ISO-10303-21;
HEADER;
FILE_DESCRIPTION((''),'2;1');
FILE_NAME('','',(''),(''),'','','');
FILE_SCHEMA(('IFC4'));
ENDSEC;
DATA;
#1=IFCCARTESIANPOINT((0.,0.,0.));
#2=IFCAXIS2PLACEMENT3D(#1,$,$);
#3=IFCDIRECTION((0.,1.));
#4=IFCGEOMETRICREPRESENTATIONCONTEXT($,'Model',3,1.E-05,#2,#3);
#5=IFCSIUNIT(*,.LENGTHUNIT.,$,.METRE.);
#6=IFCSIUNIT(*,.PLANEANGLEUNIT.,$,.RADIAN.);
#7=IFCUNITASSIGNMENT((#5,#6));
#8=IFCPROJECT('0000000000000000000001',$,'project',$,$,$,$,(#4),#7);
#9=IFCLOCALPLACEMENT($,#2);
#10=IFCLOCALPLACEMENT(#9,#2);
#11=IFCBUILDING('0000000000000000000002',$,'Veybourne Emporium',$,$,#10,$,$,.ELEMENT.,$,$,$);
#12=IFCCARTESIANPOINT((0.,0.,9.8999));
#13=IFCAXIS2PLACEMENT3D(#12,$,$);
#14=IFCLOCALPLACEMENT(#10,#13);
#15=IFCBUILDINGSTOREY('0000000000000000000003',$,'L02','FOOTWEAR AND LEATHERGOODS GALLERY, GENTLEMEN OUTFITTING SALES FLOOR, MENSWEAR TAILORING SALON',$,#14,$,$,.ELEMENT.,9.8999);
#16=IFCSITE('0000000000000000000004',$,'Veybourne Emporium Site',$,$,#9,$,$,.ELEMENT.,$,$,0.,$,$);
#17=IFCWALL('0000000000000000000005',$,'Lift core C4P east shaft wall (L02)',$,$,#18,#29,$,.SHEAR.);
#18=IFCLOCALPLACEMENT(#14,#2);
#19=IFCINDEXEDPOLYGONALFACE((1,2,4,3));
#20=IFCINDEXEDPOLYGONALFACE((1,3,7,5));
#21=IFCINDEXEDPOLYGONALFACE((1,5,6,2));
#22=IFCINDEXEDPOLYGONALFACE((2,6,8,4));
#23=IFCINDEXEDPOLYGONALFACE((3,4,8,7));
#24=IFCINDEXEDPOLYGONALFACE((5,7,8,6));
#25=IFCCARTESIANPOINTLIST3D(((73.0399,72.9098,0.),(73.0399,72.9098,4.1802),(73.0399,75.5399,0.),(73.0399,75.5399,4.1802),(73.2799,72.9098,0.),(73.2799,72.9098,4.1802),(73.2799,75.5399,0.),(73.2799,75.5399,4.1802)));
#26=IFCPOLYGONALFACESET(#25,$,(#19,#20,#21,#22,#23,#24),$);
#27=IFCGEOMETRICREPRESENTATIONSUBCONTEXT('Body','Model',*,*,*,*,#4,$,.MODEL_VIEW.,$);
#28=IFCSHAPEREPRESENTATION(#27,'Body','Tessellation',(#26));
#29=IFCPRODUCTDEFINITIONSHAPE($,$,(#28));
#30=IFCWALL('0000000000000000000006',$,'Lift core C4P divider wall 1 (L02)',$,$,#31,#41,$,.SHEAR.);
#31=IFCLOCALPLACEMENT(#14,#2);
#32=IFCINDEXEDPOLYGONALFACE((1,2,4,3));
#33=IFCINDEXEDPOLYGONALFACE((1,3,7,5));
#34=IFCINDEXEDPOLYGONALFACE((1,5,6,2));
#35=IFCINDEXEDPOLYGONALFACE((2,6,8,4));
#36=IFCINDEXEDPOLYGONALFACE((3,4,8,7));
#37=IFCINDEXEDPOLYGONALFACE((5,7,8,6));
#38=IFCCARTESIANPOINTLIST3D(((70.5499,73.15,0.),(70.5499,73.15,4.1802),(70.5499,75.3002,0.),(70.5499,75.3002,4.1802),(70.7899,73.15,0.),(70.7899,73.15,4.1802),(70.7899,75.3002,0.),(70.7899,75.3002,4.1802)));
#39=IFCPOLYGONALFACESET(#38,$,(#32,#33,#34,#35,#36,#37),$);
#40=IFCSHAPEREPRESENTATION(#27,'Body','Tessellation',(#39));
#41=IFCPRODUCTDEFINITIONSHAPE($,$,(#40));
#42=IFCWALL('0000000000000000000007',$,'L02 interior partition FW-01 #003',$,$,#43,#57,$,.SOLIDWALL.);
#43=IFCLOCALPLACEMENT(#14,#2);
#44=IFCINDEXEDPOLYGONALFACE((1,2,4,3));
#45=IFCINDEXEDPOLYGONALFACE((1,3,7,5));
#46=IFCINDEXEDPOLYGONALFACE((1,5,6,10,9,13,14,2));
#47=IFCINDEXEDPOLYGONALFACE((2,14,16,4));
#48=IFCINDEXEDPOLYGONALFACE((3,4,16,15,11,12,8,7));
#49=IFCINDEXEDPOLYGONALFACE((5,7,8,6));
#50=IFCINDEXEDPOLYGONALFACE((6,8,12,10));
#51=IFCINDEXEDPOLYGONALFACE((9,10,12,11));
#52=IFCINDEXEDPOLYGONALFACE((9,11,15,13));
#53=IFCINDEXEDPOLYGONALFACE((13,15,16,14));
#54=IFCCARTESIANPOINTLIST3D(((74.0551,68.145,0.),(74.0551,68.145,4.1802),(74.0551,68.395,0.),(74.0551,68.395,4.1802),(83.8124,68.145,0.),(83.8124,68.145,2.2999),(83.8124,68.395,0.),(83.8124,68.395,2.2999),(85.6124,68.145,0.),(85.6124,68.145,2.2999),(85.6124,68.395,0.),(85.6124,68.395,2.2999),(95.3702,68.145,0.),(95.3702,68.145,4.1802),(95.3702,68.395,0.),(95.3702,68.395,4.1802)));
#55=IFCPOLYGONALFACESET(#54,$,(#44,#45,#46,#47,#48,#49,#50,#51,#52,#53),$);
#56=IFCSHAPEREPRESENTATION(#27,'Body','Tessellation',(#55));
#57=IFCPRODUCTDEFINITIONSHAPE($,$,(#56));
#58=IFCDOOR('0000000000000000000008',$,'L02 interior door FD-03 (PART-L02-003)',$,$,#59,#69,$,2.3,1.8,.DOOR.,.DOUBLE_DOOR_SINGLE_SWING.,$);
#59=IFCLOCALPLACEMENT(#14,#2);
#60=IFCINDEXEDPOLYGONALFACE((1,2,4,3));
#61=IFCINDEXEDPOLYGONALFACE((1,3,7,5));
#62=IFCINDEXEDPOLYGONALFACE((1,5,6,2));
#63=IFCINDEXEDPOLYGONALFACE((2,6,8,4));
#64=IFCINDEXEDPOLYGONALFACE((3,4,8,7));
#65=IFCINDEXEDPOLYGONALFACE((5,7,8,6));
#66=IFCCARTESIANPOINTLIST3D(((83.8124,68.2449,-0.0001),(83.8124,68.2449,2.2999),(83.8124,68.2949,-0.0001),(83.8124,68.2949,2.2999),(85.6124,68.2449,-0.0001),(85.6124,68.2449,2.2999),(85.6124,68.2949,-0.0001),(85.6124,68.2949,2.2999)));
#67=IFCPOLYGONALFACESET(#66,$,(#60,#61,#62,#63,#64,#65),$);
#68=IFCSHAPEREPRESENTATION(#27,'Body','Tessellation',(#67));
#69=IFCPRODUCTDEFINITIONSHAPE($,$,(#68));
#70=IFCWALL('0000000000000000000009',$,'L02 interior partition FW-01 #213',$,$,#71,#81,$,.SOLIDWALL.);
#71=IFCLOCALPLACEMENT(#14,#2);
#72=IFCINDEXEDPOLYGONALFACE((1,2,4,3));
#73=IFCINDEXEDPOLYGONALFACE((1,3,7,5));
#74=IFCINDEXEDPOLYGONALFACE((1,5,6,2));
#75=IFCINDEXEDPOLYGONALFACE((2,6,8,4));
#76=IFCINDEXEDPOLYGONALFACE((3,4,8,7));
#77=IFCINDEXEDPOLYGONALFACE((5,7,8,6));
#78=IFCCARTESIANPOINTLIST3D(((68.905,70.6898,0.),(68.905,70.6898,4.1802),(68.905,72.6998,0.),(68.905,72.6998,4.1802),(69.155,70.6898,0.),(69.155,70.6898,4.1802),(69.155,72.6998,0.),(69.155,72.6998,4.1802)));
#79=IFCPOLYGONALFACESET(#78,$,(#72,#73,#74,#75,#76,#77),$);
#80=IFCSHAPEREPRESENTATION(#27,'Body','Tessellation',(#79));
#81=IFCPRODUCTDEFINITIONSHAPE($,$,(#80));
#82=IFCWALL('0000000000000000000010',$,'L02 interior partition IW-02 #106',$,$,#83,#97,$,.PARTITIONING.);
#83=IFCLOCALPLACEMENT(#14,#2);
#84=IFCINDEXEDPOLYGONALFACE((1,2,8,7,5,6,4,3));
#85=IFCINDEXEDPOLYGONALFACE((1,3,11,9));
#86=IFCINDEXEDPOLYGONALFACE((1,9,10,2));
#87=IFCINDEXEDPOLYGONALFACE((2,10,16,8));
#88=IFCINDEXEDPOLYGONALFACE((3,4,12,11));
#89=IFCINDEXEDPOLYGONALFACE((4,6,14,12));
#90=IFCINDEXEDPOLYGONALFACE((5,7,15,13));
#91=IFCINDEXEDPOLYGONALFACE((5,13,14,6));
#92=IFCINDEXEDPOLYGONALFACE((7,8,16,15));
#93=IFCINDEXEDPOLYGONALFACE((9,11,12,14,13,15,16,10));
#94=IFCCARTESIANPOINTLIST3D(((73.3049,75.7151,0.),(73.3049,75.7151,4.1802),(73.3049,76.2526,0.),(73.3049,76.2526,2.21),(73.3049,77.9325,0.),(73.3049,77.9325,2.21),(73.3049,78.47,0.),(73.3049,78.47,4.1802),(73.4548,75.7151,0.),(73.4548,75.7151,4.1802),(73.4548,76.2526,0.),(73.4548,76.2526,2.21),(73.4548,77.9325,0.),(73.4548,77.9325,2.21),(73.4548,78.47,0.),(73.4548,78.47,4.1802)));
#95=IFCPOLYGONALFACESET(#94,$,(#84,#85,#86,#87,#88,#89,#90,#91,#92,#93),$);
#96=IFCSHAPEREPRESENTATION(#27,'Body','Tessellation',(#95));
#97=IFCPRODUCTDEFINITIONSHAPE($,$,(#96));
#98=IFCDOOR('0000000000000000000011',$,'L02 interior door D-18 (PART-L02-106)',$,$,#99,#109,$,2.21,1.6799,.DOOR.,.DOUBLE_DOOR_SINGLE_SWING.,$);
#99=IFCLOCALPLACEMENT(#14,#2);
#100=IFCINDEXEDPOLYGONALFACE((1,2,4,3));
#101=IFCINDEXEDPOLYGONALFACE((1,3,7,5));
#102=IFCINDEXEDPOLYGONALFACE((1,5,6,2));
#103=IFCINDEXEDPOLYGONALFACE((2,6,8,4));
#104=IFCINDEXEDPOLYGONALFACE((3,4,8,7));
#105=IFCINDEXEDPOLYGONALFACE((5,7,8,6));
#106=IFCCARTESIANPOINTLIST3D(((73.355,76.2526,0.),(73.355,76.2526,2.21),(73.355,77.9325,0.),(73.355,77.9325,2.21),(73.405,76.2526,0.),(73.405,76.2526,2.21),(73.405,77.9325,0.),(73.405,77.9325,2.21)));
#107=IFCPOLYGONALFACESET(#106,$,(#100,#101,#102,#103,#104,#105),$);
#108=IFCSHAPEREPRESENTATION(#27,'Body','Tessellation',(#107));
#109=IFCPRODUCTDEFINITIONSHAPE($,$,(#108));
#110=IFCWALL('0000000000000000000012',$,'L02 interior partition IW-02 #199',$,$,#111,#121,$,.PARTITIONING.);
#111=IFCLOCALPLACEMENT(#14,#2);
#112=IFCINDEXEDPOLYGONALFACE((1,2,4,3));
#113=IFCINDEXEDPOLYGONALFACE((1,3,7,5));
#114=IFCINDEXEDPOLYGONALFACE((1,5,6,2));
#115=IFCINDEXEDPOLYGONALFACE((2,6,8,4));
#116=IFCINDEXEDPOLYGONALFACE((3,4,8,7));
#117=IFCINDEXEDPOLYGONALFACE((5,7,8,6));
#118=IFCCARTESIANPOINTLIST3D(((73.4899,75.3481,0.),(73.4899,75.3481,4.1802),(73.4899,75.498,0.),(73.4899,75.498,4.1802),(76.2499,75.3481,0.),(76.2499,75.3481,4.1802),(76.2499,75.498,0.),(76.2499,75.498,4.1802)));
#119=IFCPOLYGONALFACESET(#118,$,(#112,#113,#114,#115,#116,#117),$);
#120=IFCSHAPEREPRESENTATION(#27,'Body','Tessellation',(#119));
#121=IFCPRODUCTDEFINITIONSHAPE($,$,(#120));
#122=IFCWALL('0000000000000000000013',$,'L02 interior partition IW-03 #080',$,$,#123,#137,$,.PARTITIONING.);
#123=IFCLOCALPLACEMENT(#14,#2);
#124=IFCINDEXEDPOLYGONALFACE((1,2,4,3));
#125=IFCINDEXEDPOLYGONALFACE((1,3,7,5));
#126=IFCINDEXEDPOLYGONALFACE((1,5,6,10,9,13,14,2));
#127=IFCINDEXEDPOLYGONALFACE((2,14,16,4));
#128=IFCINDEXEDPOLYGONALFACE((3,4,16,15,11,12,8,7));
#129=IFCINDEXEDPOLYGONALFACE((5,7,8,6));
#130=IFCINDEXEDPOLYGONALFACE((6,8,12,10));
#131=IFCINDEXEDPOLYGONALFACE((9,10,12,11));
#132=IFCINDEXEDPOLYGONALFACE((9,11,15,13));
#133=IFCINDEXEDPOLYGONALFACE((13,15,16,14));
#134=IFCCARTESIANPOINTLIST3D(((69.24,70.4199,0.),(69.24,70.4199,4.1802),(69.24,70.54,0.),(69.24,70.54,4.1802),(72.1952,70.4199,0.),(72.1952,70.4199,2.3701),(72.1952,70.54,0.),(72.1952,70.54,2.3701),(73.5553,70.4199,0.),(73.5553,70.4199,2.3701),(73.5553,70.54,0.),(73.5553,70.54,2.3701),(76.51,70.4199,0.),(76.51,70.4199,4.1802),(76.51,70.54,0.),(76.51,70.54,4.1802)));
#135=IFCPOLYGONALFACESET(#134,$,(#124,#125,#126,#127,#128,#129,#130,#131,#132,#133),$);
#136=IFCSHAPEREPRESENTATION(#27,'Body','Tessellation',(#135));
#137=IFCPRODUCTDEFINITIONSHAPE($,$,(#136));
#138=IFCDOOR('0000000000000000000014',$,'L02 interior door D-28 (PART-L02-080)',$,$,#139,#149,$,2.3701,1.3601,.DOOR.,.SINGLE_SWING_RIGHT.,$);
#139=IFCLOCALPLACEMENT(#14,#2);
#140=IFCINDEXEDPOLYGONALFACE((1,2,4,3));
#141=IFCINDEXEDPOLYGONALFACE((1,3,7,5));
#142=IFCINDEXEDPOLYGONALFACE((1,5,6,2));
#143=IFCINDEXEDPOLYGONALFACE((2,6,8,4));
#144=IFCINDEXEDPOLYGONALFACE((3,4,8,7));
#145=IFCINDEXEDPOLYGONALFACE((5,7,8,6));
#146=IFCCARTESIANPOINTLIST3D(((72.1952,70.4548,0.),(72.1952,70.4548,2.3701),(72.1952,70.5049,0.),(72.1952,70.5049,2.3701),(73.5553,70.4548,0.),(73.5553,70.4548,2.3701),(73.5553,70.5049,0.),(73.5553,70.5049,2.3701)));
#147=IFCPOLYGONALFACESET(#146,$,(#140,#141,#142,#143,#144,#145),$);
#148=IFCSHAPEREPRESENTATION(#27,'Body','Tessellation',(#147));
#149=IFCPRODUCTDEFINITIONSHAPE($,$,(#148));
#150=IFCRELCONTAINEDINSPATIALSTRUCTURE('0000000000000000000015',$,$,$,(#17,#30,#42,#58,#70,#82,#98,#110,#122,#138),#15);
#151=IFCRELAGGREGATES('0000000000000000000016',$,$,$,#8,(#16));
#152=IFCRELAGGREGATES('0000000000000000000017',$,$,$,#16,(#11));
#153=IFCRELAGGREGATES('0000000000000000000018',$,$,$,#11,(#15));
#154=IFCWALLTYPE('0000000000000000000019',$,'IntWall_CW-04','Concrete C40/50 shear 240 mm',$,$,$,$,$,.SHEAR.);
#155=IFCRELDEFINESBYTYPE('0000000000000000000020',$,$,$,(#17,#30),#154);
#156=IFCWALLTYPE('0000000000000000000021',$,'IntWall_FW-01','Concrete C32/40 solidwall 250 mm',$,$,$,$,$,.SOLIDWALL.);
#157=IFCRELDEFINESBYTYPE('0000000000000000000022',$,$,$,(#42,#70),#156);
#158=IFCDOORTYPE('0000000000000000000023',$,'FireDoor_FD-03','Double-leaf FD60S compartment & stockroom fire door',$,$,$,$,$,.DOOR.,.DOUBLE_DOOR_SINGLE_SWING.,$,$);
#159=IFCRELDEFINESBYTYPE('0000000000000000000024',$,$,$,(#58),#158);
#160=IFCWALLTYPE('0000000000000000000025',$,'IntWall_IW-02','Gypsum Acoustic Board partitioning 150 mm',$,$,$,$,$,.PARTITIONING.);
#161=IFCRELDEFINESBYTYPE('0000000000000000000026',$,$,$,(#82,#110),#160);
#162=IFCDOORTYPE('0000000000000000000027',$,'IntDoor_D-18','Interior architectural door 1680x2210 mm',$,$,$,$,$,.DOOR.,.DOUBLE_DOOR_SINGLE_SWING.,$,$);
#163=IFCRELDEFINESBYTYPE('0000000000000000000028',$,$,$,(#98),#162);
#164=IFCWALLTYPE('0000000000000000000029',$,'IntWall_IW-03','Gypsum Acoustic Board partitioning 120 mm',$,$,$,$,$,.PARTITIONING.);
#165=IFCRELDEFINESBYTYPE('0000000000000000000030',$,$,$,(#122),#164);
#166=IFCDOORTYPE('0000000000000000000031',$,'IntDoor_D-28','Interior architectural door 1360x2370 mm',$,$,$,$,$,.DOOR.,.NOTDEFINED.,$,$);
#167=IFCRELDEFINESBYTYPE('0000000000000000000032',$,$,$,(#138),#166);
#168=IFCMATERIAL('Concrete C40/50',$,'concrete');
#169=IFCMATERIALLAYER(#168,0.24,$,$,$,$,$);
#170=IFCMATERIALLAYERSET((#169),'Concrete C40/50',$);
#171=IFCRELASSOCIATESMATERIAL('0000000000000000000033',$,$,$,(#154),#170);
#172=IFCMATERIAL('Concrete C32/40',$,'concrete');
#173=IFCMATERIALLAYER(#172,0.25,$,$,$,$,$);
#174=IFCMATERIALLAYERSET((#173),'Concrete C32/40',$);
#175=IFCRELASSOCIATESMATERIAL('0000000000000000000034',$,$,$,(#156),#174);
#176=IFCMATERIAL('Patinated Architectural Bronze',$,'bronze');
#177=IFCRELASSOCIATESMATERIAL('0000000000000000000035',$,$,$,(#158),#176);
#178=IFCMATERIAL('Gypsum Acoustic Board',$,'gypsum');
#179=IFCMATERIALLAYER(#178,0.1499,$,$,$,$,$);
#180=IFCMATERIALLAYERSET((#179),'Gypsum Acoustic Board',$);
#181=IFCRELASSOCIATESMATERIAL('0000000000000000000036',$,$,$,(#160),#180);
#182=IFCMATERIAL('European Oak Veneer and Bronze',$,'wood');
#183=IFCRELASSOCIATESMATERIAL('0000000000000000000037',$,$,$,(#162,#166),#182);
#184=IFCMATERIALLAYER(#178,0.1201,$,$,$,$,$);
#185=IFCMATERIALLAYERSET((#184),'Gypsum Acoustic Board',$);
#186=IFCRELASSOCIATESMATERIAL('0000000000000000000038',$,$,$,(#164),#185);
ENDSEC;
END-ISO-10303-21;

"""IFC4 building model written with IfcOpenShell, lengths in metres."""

from ifc_helpers import new_model, si_unit, direction, frame, frame_2d, origin, place, context, subcontext, project, spatial, rectangle, extrude, material, layer, layer_set, type_object, element, fill, save


model = new_model("IFC4")

# Units and contexts
model_context = context("Model", 3, precision=1e-05, world=origin(), true_north=direction((0.0, 1.0)))
body_context = subcontext(model_context, "Body", "Model", "MODEL_VIEW")
ifc_project = project(units=[si_unit("LENGTHUNIT", "METRE"), si_unit("PLANEANGLEUNIT", "RADIAN")], contexts=[model_context])

# Site, building, storey
site_placement = place(None, origin())
site = spatial("IfcSite", under=ifc_project, at=site_placement, Name="Veybourne Emporium Site", CompositionType="ELEMENT", RefElevation=0.0)
building_placement = place(site_placement, origin())
building = spatial("IfcBuilding", under=site, at=building_placement, Name="Veybourne Emporium", CompositionType="ELEMENT")
storey_placement = place(building_placement, frame((0.0, 0.0, 9.8999)))
storey = spatial("IfcBuildingStorey", under=building, at=storey_placement, Name="L02", Description="FOOTWEAR AND LEATHERGOODS GALLERY, GENTLEMEN OUTFITTING SALES FLOOR, MENSWEAR TAILORING SALON", CompositionType="ELEMENT", Elevation=9.8999)

# Shared definitions
ifc_material_1 = material(Name="Concrete C40/50", Category="concrete")

# Shared definitions
ifc_material_2 = material(Name="Concrete C32/40", Category="concrete")

# Shared definitions
ifc_layer_1 = layer(ifc_material_1, 0.24)
ifc_layer_set_1 = layer_set([ifc_layer_1], Name="Concrete C40/50")
wall_type_1 = type_object("IfcWallType", Name="IntWall_CW-04", Description="Concrete C40/50 shear 240 mm", PredefinedType="SHEAR", material=ifc_layer_set_1)
ifc_material_3 = material(Name="Patinated Architectural Bronze", Category="bronze")

# Walls
for number, where, z_axis, x_axis, name in (
    (1, (73.1599, 72.9099, 0.0), (0.0, 0.0, 1.0), (0.0, 1.0, 0.0), "Lift core C4P east shaft wall (L02)"),
):
    element("IfcWall", number, at=place(storey_placement, frame(where, z_axis=z_axis, x_axis=x_axis)), inside=storey, type_object=wall_type_1, Name=name, PredefinedType="SHEAR", context=body_context, shape_type="SweptSolid", body=[
        extrude(rectangle(XDim=2.6301, YDim=0.24, at=frame_2d((1.3149, 0.0))), origin(), (0.0, 0.0, 1.0), 4.1802),
    ])
wall_1_placement = place(storey_placement, frame((70.6699, 73.1499, 0.0), z_axis=(0.0, 0.0, 1.0), x_axis=(0.0, 1.0, 0.0)))
element("IfcWall", 2, at=wall_1_placement, inside=storey, type_object=wall_type_1, Name="Lift core C4P divider wall 1 (L02)", PredefinedType="SHEAR", context=body_context, shape_type="SweptSolid", body=[
    extrude(rectangle(XDim=2.1501, YDim=0.24, at=frame_2d((1.0752, 0.0))), origin(), (0.0, 0.0, 1.0), 4.1802),
])

# Wall, opening, door
ifc_layer_2 = layer(ifc_material_2, 0.25)
ifc_layer_set_2 = layer_set([ifc_layer_2], Name="Concrete C32/40")
wall_type_2 = type_object("IfcWallType", Name="IntWall_FW-01", Description="Concrete C32/40 solidwall 250 mm", PredefinedType="SOLIDWALL", material=ifc_layer_set_2)
wall_2_placement = place(storey_placement, frame((74.0549, 68.27, 0.0), z_axis=(0.0, 0.0, 1.0), x_axis=(1.0, 0.0, 0.0)))
wall_2 = element("IfcWall", 3, at=wall_2_placement, inside=storey, type_object=wall_type_2, Name="L02 interior partition FW-01 #003", PredefinedType="SOLIDWALL", context=body_context, shape_type="SweptSolid", body=[
    extrude(rectangle(XDim=21.3152, YDim=0.25, at=frame_2d((10.6577, 0.0))), origin(), (0.0, 0.0, 1.0), 4.1802),
])
opening_1_placement = place(wall_2_placement, frame((9.7576, 0.0, 0.0)))
opening_1 = element("IfcOpeningElement", 4, at=opening_1_placement, cuts=wall_2, PredefinedType="OPENING", context=body_context, shape_type="SweptSolid", body=[
    extrude(rectangle(XDim=1.8, YDim=2.3, at=frame_2d((0.8999, 1.1499))), frame((0.0, 0.145, 0.0), z_axis=(0.0, -1.0, 0.0), x_axis=(1.0, 0.0, 0.0)), (0.0, 0.0, 1.0), 0.29),
])
door_type_1 = type_object("IfcDoorType", Name="FireDoor_FD-03", Description="Double-leaf FD60S compartment & stockroom fire door", OperationType="DOUBLE_DOOR_SINGLE_SWING", PredefinedType="DOOR", material=ifc_material_3)
door_1_placement = place(opening_1_placement, origin())
door_1 = element("IfcDoor", 5, at=door_1_placement, inside=storey, type_object=door_type_1, Name="L02 interior door FD-03 (PART-L02-003)", OperationType="DOUBLE_DOOR_SINGLE_SWING", OverallHeight=2.3, OverallWidth=1.8, PredefinedType="DOOR", context=body_context, shape_type="SweptSolid", body=[
    extrude(rectangle(XDim=1.8, YDim=2.3, at=frame_2d((0.8999, 1.1499))), frame((0.0, 0.0249, 0.0), z_axis=(0.0, -1.0, 0.0), x_axis=(1.0, 0.0, 0.0)), (0.0, 0.0, 1.0), 0.05),
])
fill(opening_1, door_1)

# Wall
wall_3_placement = place(storey_placement, frame((69.03, 70.6899, 0.0), z_axis=(0.0, 0.0, 1.0), x_axis=(0.0, 1.0, 0.0)))
element("IfcWall", 6, at=wall_3_placement, inside=storey, type_object=wall_type_2, Name="L02 interior partition FW-01 #213", PredefinedType="SOLIDWALL", context=body_context, shape_type="SweptSolid", body=[
    extrude(rectangle(XDim=2.01, YDim=0.25, at=frame_2d((1.0049, 0.0))), origin(), (0.0, 0.0, 1.0), 4.1802),
])

# Wall, opening, door
ifc_material_4 = material(Name="Gypsum Acoustic Board", Category="gypsum")
ifc_layer_3 = layer(ifc_material_4, 0.1499)
ifc_layer_set_3 = layer_set([ifc_layer_3], Name="Gypsum Acoustic Board")
wall_type_3 = type_object("IfcWallType", Name="IntWall_IW-02", Description="Gypsum Acoustic Board partitioning 150 mm", PredefinedType="PARTITIONING", material=ifc_layer_set_3)
wall_4_placement = place(storey_placement, frame((73.3799, 75.7151, 0.0), z_axis=(0.0, 0.0, 1.0), x_axis=(0.0, 1.0, 0.0)))
wall_4 = element("IfcWall", 7, at=wall_4_placement, inside=storey, type_object=wall_type_3, Name="L02 interior partition IW-02 #106", PredefinedType="PARTITIONING", context=body_context, shape_type="SweptSolid", body=[
    extrude(rectangle(XDim=2.7549, YDim=0.1499, at=frame_2d((1.3774, 0.0))), origin(), (0.0, 0.0, 1.0), 4.1802),
])
opening_2_placement = place(wall_4_placement, frame((0.5376, 0.0, 0.0)))
opening_2 = element("IfcOpeningElement", 8, at=opening_2_placement, cuts=wall_4, PredefinedType="OPENING", context=body_context, shape_type="SweptSolid", body=[
    extrude(rectangle(XDim=1.6799, YDim=2.21, at=frame_2d((0.8398, 1.105))), frame((0.0, 0.095, 0.0), z_axis=(0.0, -1.0, 0.0), x_axis=(1.0, 0.0, 0.0)), (0.0, 0.0, 1.0), 0.1899),
])
ifc_material_5 = material(Name="European Oak Veneer and Bronze", Category="wood")
door_type_2 = type_object("IfcDoorType", Name="IntDoor_D-18", Description="Interior architectural door 1680x2210 mm", OperationType="DOUBLE_DOOR_SINGLE_SWING", PredefinedType="DOOR", material=ifc_material_5)
door_2_placement = place(opening_2_placement, origin())
door_2 = element("IfcDoor", 9, at=door_2_placement, inside=storey, type_object=door_type_2, Name="L02 interior door D-18 (PART-L02-106)", OperationType="DOUBLE_DOOR_SINGLE_SWING", OverallHeight=2.21, OverallWidth=1.6799, PredefinedType="DOOR", context=body_context, shape_type="SweptSolid", body=[
    extrude(rectangle(XDim=1.6799, YDim=2.21, at=frame_2d((0.8398, 1.105))), frame((0.0, 0.0249, 0.0), z_axis=(0.0, -1.0, 0.0), x_axis=(1.0, 0.0, 0.0)), (0.0, 0.0, 1.0), 0.05),
])
fill(opening_2, door_2)

# Wall
wall_5_placement = place(storey_placement, frame((73.49, 75.4231, 0.0), z_axis=(0.0, 0.0, 1.0), x_axis=(1.0, 0.0, 0.0)))
element("IfcWall", 10, at=wall_5_placement, inside=storey, type_object=wall_type_3, Name="L02 interior partition IW-02 #199", PredefinedType="PARTITIONING", context=body_context, shape_type="SweptSolid", body=[
    extrude(rectangle(XDim=2.76, YDim=0.1499, at=frame_2d((1.3799, 0.0))), origin(), (0.0, 0.0, 1.0), 4.1802),
])

# Wall, opening, door
ifc_layer_4 = layer(ifc_material_4, 0.1201)
ifc_layer_set_4 = layer_set([ifc_layer_4], Name="Gypsum Acoustic Board")
wall_type_4 = type_object("IfcWallType", Name="IntWall_IW-03", Description="Gypsum Acoustic Board partitioning 120 mm", PredefinedType="PARTITIONING", material=ifc_layer_set_4)
wall_6_placement = place(storey_placement, frame((69.24, 70.48, 0.0), z_axis=(0.0, 0.0, 1.0), x_axis=(1.0, 0.0, 0.0)))
wall_6 = element("IfcWall", 11, at=wall_6_placement, inside=storey, type_object=wall_type_4, Name="L02 interior partition IW-03 #080", PredefinedType="PARTITIONING", context=body_context, shape_type="SweptSolid", body=[
    extrude(rectangle(XDim=7.27, YDim=0.1201, at=frame_2d((3.635, 0.0))), origin(), (0.0, 0.0, 1.0), 4.1802),
])
opening_3_placement = place(wall_6_placement, frame((2.9551, 0.0, 0.0)))
opening_3 = element("IfcOpeningElement", 12, at=opening_3_placement, cuts=wall_6, PredefinedType="OPENING", context=body_context, shape_type="SweptSolid", body=[
    extrude(rectangle(XDim=1.3601, YDim=2.3701, at=frame_2d((0.6802, 1.1851))), frame((0.0, 0.0801, 0.0), z_axis=(0.0, -1.0, 0.0), x_axis=(1.0, 0.0, 0.0)), (0.0, 0.0, 1.0), 0.1602),
])
door_type_3 = type_object("IfcDoorType", Name="IntDoor_D-28", Description="Interior architectural door 1360x2370 mm", OperationType="NOTDEFINED", PredefinedType="DOOR", material=ifc_material_5)
door_3_placement = place(opening_3_placement, origin())
door_3 = element("IfcDoor", 13, at=door_3_placement, inside=storey, type_object=door_type_3, Name="L02 interior door D-28 (PART-L02-080)", OperationType="SINGLE_SWING_RIGHT", OverallHeight=2.3701, OverallWidth=1.3601, PredefinedType="DOOR", context=body_context, shape_type="SweptSolid", body=[
    extrude(rectangle(XDim=1.3601, YDim=2.3701, at=frame_2d((0.6802, 1.1851))), frame((0.0, 0.0249, 0.0), z_axis=(0.0, -1.0, 0.0), x_axis=(1.0, 0.0, 0.0)), (0.0, 0.0, 1.0), 0.05),
])
fill(opening_3, door_3)

save(model, "model.ifc")
